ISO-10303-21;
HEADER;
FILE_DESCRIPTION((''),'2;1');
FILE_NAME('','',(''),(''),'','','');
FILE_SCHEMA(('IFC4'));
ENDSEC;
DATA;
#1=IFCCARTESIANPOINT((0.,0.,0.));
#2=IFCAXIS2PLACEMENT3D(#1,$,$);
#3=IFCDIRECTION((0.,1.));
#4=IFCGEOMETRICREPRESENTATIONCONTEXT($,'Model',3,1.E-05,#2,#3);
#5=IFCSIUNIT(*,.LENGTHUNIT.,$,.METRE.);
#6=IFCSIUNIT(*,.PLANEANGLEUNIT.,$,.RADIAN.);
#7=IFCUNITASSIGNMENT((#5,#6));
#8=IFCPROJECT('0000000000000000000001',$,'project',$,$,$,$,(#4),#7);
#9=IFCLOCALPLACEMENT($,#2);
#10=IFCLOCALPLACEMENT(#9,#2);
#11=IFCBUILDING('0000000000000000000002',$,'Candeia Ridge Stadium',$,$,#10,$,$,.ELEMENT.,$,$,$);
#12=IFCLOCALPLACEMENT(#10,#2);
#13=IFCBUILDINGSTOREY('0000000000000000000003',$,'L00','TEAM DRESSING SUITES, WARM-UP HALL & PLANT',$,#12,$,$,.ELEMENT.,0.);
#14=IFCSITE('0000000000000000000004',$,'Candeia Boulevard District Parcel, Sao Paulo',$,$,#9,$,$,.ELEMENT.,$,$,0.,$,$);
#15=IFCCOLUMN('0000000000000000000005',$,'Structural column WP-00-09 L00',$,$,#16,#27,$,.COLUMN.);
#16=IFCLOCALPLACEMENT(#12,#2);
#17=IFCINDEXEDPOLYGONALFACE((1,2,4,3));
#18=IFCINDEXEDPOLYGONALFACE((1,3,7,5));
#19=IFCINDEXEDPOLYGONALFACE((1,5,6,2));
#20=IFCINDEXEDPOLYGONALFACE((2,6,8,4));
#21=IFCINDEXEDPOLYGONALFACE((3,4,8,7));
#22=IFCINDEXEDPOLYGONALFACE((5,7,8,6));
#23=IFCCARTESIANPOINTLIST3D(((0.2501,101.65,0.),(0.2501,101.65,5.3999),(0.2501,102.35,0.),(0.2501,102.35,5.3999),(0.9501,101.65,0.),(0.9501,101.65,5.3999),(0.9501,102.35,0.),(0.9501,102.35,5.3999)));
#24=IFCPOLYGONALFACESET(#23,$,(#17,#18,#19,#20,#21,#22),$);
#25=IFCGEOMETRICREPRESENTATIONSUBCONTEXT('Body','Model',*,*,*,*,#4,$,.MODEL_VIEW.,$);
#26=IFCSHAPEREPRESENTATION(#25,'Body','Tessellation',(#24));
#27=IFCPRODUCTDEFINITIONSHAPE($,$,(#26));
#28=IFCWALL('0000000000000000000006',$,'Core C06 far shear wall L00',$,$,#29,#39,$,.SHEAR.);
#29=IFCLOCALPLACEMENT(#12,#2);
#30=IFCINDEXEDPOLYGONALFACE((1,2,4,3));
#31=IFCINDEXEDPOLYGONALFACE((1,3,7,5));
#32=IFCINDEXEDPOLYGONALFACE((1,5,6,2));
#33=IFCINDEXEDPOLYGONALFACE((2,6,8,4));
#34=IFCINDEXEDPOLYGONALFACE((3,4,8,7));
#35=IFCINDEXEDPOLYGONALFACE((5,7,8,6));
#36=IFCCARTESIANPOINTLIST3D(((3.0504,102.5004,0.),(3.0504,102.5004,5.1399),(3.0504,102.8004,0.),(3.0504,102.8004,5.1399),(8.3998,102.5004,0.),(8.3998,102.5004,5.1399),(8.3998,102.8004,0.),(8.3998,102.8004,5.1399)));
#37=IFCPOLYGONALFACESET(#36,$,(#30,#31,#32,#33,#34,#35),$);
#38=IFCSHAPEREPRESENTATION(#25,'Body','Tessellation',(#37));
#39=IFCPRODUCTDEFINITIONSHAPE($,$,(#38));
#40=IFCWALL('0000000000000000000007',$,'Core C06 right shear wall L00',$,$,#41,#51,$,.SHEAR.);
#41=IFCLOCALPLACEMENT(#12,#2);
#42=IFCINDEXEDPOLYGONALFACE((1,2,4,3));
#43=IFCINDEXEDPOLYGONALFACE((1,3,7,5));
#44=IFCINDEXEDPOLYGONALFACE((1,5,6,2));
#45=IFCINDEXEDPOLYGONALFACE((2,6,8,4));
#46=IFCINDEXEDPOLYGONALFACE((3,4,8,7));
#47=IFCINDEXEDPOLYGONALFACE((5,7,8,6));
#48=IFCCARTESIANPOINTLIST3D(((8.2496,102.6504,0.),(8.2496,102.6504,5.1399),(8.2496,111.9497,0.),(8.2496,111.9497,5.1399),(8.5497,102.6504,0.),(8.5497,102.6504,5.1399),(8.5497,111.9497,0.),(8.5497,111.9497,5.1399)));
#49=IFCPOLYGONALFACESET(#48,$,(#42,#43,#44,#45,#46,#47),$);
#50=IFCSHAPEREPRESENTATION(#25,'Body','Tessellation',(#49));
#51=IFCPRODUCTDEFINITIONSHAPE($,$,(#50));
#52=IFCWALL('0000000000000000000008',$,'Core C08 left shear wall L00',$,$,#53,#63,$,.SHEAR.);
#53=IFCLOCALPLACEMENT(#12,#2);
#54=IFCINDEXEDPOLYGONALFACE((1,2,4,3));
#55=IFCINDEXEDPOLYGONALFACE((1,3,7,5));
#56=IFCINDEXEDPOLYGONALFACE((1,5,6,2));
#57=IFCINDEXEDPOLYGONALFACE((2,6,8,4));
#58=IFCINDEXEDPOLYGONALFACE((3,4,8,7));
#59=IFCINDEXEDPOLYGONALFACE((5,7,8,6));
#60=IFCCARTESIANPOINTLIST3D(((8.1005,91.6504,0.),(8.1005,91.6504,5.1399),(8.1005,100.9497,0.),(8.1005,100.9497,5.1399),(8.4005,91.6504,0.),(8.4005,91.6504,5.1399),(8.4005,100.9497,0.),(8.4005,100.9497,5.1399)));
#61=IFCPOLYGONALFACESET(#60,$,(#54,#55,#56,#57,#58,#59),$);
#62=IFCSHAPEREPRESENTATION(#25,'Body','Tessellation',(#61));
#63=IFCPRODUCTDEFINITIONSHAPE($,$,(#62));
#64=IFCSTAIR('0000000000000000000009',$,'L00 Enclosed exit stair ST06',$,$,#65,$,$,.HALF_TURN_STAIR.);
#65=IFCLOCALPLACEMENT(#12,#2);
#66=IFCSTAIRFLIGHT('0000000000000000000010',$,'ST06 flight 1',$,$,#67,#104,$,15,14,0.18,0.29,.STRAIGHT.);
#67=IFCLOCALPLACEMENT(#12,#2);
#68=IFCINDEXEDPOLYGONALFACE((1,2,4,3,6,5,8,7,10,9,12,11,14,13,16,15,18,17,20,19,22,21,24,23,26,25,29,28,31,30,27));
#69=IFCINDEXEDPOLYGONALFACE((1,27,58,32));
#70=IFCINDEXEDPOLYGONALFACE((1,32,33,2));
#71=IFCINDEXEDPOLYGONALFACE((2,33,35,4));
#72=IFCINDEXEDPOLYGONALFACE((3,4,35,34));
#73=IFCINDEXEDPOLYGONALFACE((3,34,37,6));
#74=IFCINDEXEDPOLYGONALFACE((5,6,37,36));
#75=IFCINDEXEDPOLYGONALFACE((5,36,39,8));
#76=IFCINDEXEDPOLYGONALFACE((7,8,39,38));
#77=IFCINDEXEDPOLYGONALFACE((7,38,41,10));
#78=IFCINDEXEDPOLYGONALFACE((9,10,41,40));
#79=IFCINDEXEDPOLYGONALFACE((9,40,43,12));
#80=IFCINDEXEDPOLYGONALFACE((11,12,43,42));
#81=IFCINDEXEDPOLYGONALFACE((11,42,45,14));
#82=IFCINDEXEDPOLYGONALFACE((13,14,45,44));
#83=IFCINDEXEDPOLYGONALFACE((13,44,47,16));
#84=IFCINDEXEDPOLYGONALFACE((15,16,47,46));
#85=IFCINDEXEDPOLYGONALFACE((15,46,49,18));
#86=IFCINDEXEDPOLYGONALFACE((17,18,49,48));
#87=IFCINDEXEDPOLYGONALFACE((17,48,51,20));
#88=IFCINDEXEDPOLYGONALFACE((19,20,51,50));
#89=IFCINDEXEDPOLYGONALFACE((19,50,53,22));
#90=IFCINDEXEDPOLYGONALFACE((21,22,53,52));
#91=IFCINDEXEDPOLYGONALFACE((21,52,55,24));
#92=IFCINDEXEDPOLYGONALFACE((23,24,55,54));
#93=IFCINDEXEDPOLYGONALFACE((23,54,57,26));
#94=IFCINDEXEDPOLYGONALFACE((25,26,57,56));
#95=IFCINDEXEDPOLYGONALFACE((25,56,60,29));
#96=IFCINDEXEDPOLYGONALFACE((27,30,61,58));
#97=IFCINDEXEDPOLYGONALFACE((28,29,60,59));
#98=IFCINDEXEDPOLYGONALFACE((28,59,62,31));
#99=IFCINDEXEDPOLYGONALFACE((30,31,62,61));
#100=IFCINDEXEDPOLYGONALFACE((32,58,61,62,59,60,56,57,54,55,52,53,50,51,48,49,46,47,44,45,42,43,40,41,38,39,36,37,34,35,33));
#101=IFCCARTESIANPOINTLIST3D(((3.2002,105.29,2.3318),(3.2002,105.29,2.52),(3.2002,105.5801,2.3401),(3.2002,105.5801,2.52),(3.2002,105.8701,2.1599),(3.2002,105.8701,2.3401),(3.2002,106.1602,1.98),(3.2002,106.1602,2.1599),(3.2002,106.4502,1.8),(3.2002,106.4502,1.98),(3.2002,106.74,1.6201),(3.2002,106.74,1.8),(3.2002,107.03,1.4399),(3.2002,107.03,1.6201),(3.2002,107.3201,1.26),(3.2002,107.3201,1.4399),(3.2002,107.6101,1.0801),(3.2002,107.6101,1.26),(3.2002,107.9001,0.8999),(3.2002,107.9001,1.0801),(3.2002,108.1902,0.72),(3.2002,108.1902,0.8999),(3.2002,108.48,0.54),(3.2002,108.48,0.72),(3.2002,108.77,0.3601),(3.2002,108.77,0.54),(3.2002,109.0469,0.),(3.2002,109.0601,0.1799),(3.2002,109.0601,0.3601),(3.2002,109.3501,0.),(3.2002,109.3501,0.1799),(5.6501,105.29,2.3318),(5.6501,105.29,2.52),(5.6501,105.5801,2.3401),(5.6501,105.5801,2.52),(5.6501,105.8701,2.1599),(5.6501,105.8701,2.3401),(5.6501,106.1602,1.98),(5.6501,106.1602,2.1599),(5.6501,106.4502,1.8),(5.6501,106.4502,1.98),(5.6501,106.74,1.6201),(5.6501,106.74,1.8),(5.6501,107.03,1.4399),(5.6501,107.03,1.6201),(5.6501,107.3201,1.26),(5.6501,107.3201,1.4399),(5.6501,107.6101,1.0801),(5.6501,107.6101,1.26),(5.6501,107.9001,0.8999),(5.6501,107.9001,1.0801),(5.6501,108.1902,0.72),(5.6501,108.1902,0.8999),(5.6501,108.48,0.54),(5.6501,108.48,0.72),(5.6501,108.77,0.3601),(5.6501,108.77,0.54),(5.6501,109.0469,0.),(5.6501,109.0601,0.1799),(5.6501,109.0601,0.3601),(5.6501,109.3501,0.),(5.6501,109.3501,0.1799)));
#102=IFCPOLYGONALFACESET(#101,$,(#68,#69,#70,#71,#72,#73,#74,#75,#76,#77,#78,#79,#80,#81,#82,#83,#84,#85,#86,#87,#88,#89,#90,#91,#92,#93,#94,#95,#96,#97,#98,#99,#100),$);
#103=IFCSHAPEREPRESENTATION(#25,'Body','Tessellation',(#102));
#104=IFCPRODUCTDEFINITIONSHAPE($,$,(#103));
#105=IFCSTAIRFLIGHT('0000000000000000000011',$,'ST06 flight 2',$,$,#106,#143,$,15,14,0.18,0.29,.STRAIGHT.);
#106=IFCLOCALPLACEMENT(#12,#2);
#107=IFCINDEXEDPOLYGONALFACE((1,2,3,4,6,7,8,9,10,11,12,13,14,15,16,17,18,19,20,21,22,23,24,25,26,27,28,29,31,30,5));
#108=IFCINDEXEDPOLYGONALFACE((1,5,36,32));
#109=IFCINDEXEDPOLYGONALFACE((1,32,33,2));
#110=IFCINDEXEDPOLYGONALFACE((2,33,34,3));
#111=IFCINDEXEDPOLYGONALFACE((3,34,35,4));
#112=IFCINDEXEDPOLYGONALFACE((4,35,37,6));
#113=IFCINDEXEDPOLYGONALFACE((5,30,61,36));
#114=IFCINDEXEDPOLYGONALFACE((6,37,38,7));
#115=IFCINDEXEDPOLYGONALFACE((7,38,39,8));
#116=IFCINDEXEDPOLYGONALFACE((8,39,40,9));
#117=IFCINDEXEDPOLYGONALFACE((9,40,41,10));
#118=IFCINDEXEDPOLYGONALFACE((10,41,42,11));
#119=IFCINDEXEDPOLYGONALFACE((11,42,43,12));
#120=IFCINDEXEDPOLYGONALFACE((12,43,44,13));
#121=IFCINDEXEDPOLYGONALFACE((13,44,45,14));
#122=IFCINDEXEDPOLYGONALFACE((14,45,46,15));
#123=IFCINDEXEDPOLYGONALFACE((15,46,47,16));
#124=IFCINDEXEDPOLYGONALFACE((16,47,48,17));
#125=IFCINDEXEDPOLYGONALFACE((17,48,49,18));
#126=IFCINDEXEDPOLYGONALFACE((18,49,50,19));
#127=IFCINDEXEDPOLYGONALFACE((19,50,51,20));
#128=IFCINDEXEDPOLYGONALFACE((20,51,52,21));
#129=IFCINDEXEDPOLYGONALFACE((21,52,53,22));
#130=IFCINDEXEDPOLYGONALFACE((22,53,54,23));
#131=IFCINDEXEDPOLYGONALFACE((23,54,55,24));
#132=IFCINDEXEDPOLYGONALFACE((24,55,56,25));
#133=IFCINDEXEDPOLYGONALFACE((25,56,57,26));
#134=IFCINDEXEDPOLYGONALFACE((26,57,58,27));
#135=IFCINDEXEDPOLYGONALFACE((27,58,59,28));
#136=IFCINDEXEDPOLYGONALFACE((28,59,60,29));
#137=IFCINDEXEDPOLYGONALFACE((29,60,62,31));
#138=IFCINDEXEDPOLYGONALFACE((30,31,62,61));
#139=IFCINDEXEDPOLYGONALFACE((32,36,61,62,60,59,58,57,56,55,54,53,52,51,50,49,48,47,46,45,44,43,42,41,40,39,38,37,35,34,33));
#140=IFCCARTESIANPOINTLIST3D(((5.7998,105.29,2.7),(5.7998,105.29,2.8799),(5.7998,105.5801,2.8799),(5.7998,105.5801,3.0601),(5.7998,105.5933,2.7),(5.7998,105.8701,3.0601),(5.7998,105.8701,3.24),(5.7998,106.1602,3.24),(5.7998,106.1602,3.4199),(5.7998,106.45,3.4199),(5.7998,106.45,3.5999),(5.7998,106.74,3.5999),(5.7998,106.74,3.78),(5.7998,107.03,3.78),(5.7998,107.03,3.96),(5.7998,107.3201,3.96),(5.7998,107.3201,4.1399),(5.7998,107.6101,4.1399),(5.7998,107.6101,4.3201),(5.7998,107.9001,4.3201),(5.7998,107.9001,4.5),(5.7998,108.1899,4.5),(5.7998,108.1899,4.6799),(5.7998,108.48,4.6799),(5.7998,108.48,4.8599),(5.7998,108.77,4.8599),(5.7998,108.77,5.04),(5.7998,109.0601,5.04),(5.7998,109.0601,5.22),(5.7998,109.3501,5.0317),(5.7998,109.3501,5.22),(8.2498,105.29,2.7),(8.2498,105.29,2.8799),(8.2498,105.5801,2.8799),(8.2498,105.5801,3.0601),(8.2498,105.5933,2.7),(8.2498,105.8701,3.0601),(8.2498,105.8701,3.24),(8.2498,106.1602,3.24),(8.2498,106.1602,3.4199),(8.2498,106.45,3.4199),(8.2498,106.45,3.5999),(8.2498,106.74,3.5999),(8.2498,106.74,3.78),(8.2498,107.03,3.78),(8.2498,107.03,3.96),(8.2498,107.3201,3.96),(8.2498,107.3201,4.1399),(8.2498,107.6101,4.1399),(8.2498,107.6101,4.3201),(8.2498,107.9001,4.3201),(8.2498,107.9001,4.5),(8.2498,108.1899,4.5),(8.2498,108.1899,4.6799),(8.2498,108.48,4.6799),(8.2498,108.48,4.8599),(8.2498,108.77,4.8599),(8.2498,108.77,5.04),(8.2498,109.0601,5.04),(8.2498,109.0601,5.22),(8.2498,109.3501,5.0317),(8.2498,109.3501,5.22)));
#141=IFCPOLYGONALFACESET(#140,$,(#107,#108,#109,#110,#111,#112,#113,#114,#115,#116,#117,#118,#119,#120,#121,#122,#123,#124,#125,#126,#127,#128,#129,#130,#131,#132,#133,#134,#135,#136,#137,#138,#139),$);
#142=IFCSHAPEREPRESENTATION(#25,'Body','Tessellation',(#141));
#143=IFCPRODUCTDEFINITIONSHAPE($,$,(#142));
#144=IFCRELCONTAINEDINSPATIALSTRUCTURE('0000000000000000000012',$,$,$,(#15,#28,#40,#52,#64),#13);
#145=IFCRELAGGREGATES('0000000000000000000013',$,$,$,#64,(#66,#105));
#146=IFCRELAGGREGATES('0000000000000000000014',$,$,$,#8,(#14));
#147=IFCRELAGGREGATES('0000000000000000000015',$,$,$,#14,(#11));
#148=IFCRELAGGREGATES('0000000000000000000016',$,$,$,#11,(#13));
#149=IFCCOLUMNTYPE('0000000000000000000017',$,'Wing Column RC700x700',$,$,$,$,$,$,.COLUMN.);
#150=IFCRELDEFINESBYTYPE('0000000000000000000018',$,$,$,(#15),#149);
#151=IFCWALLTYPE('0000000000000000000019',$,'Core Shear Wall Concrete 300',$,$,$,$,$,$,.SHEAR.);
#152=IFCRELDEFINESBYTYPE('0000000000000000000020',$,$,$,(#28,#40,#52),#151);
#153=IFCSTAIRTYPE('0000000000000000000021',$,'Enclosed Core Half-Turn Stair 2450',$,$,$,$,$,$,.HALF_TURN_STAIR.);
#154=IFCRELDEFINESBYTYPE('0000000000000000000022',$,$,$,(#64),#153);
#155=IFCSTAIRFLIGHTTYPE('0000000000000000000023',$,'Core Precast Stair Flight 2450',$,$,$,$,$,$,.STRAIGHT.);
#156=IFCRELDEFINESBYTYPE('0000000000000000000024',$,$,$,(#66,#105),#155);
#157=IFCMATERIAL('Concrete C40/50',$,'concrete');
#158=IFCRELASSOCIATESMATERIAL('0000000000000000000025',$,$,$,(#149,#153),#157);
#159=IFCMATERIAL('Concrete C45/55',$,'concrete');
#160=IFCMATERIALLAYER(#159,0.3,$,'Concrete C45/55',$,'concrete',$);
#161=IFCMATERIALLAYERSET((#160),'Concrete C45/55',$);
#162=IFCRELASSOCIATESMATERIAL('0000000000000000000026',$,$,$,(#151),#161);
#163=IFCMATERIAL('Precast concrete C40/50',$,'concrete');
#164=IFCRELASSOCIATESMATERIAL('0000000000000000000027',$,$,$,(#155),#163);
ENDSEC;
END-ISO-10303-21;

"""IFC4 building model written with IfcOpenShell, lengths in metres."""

from ifc_helpers import new_model, si_unit, direction, frame, frame_2d, origin, origin_2d, place, context, subcontext, project, spatial, polyline, rectangle, outline, extrude, material, layer, layer_set, material_profile, profile_set, type_object, element, aggregate, save


model = new_model("IFC4")

# Units and contexts
model_context = context("Model", 3, precision=1e-05, world=origin(), true_north=direction((0.0, 1.0)))
body_context = subcontext(model_context, "Body", "Model", "MODEL_VIEW")
ifc_project = project(units=[si_unit("LENGTHUNIT", "METRE"), si_unit("PLANEANGLEUNIT", "RADIAN")], contexts=[model_context])

# Site, building, storey
site_placement = place(None, origin())
site = spatial("IfcSite", under=ifc_project, at=site_placement, Name="Candeia Boulevard District Parcel, Sao Paulo", CompositionType="ELEMENT", RefElevation=0.0)
building_placement = place(site_placement, origin())
building = spatial("IfcBuilding", under=site, at=building_placement, Name="Candeia Ridge Stadium", CompositionType="ELEMENT")
storey_placement = place(building_placement, origin())
storey = spatial("IfcBuildingStorey", under=building, at=storey_placement, Name="L00", Description="TEAM DRESSING SUITES, WARM-UP HALL & PLANT", CompositionType="ELEMENT", Elevation=0.0)

# Shared definitions
ifc_material_1 = material(Name="Concrete C40/50", Category="concrete")

# Column
ifc_material_2 = material(Name="Concrete C45/55", Category="concrete")
ifc_material_profile_1 = material_profile(ifc_material_1, rectangle(XDim=0.7, YDim=0.7, at=origin_2d()), Name="RC700x700", Category="concrete")
ifc_profile_set_1 = profile_set([ifc_material_profile_1], Name="Concrete C40/50")
column_type_1 = type_object("IfcColumnType", Name="Wing Column RC700x700", PredefinedType="COLUMN", material=ifc_profile_set_1)
column_1_placement = place(storey_placement, frame((0.6001, 102.0, 0.0), z_axis=(0.0, 0.0, 1.0), x_axis=(1.0, 0.0, 0.0)))
element("IfcColumn", 1, at=column_1_placement, inside=storey, type_object=column_type_1, Name="Structural column WP-00-09 L00", PredefinedType="COLUMN", context=body_context, shape_type="SweptSolid", body=[
    extrude(rectangle(XDim=0.7, YDim=0.7, at=origin_2d()), origin(), (0.0, 0.0, 1.0), 5.3999),
])

# Walls
ifc_layer_1 = layer(ifc_material_2, 0.3, Name="Concrete C45/55", Category="concrete")
ifc_layer_set_1 = layer_set([ifc_layer_1], Name="Concrete C45/55")
wall_type_1 = type_object("IfcWallType", Name="Core Shear Wall Concrete 300", PredefinedType="SHEAR", material=ifc_layer_set_1)
wall_1_placement = place(storey_placement, frame((3.0503, 102.6504, 0.0), z_axis=(0.0, 0.0, 1.0), x_axis=(1.0, 0.0, 0.0)))
element("IfcWall", 2, at=wall_1_placement, inside=storey, type_object=wall_type_1, Name="Core C06 far shear wall L00", PredefinedType="SHEAR", context=body_context, shape_type="SweptSolid", body=[
    extrude(rectangle(XDim=5.3494, YDim=0.3, at=frame_2d((2.6748, 0.0))), origin(), (0.0, 0.0, 1.0), 5.1399),
])
for number, where, z_axis, x_axis, name in (
    (3, (8.3997, 102.6504, 0.0), (0.0, 0.0, 1.0), (0.0, 1.0, 0.0), "Core C06 right shear wall L00"),
    (4, (8.2505, 100.9497, 0.0), (0.0, 0.0, 1.0), (0.0, -1.0, 0.0), "Core C08 left shear wall L00"),
):
    element("IfcWall", number, at=place(storey_placement, frame(where, z_axis=z_axis, x_axis=x_axis)), inside=storey, type_object=wall_type_1, Name=name, PredefinedType="SHEAR", context=body_context, shape_type="SweptSolid", body=[
        extrude(rectangle(XDim=9.2993, YDim=0.3, at=frame_2d((4.6497, 0.0))), origin(), (0.0, 0.0, 1.0), 5.1399),
    ])

# Stair, stair flights
stair_type = type_object("IfcStairType", Name="Enclosed Core Half-Turn Stair 2450", PredefinedType="HALF_TURN_STAIR", material=ifc_material_1)
stair_placement = place(storey_placement, origin())
stair = element("IfcStair", 5, at=stair_placement, inside=storey, type_object=stair_type, Name="L00 Enclosed exit stair ST06", PredefinedType="HALF_TURN_STAIR")
ifc_material_3 = material(Name="Precast concrete C40/50", Category="concrete")
stair_flight_type = type_object("IfcStairFlightType", Name="Core Precast Stair Flight 2450", PredefinedType="STRAIGHT", material=ifc_material_3)
stair_flight_1_placement = place(storey_placement, frame((4.425, 109.3501, 0.0), z_axis=(0.0, 0.0, 1.0), x_axis=(0.0, -1.0, 0.0)))
stair_flight_1 = element("IfcStairFlight", 6, at=stair_flight_1_placement, type_object=stair_flight_type, Name="ST06 flight 1", NumberOfRisers=15, NumberOfTreads=14, PredefinedType="STRAIGHT", RiserHeight=0.18, TreadLength=0.29, context=body_context, shape_type="SweptSolid", body=[
    extrude(outline(polyline([(0.0, 0.0), (0.0, 0.1799), (0.29, 0.1799), (0.29, 0.3601), (0.5801, 0.3601), (0.5801, 0.54), (0.8701, 0.54), (0.8701, 0.72), (1.1599, 0.72), (1.1599, 0.8999), (1.45, 0.8999), (1.45, 1.0801), (1.74, 1.0801), (1.74, 1.26), (2.03, 1.26), (2.03, 1.4399), (2.3201, 1.4399), (2.3201, 1.6201), (2.6101, 1.6201), (2.6101, 1.8), (2.8999, 1.8), (2.8999, 1.98), (3.1899, 1.98), (3.1899, 2.1599), (3.48, 2.1599), (3.48, 2.3401), (3.77, 2.3401), (3.77, 2.52), (4.0601, 2.52), (4.0601, 2.7), (4.0601, 2.3318), (0.3032, 0.0), (0.0, 0.0)])), frame((0.0, 1.2251, 0.0), z_axis=(0.0, -1.0, 0.0), x_axis=(1.0, 0.0, 0.0)), (0.0, 0.0, 1.0), 2.45),
])
stair_flight_2_placement = place(storey_placement, frame((7.0249, 105.29, 2.7), z_axis=(0.0, 0.0, 1.0), x_axis=(0.0, 1.0, 0.0)))
stair_flight_2 = element("IfcStairFlight", 7, at=stair_flight_2_placement, type_object=stair_flight_type, Name="ST06 flight 2", NumberOfRisers=15, NumberOfTreads=14, PredefinedType="STRAIGHT", RiserHeight=0.18, TreadLength=0.29, context=body_context, shape_type="SweptSolid", body=[
    extrude(outline(polyline([(0.0, 0.0), (0.0, 0.1799), (0.29, 0.1799), (0.29, 0.3601), (0.5801, 0.3601), (0.5801, 0.54), (0.8701, 0.54), (0.8701, 0.72), (1.1599, 0.72), (1.1599, 0.8999), (1.45, 0.8999), (1.45, 1.0801), (1.74, 1.0801), (1.74, 1.26), (2.03, 1.26), (2.03, 1.4399), (2.3201, 1.4399), (2.3201, 1.6201), (2.6101, 1.6201), (2.6101, 1.8), (2.8999, 1.8), (2.8999, 1.98), (3.1899, 1.98), (3.1899, 2.1599), (3.48, 2.1599), (3.48, 2.3401), (3.77, 2.3401), (3.77, 2.52), (4.0601, 2.52), (4.0601, 2.7), (4.0601, 2.3318), (0.3032, 0.0), (0.0, 0.0)])), frame((0.0, 1.2251, 0.0), z_axis=(0.0, -1.0, 0.0), x_axis=(1.0, 0.0, 0.0)), (0.0, 0.0, 1.0), 2.45),
])
aggregate(stair, [stair_flight_1, stair_flight_2])

save(model, "model.ifc")
